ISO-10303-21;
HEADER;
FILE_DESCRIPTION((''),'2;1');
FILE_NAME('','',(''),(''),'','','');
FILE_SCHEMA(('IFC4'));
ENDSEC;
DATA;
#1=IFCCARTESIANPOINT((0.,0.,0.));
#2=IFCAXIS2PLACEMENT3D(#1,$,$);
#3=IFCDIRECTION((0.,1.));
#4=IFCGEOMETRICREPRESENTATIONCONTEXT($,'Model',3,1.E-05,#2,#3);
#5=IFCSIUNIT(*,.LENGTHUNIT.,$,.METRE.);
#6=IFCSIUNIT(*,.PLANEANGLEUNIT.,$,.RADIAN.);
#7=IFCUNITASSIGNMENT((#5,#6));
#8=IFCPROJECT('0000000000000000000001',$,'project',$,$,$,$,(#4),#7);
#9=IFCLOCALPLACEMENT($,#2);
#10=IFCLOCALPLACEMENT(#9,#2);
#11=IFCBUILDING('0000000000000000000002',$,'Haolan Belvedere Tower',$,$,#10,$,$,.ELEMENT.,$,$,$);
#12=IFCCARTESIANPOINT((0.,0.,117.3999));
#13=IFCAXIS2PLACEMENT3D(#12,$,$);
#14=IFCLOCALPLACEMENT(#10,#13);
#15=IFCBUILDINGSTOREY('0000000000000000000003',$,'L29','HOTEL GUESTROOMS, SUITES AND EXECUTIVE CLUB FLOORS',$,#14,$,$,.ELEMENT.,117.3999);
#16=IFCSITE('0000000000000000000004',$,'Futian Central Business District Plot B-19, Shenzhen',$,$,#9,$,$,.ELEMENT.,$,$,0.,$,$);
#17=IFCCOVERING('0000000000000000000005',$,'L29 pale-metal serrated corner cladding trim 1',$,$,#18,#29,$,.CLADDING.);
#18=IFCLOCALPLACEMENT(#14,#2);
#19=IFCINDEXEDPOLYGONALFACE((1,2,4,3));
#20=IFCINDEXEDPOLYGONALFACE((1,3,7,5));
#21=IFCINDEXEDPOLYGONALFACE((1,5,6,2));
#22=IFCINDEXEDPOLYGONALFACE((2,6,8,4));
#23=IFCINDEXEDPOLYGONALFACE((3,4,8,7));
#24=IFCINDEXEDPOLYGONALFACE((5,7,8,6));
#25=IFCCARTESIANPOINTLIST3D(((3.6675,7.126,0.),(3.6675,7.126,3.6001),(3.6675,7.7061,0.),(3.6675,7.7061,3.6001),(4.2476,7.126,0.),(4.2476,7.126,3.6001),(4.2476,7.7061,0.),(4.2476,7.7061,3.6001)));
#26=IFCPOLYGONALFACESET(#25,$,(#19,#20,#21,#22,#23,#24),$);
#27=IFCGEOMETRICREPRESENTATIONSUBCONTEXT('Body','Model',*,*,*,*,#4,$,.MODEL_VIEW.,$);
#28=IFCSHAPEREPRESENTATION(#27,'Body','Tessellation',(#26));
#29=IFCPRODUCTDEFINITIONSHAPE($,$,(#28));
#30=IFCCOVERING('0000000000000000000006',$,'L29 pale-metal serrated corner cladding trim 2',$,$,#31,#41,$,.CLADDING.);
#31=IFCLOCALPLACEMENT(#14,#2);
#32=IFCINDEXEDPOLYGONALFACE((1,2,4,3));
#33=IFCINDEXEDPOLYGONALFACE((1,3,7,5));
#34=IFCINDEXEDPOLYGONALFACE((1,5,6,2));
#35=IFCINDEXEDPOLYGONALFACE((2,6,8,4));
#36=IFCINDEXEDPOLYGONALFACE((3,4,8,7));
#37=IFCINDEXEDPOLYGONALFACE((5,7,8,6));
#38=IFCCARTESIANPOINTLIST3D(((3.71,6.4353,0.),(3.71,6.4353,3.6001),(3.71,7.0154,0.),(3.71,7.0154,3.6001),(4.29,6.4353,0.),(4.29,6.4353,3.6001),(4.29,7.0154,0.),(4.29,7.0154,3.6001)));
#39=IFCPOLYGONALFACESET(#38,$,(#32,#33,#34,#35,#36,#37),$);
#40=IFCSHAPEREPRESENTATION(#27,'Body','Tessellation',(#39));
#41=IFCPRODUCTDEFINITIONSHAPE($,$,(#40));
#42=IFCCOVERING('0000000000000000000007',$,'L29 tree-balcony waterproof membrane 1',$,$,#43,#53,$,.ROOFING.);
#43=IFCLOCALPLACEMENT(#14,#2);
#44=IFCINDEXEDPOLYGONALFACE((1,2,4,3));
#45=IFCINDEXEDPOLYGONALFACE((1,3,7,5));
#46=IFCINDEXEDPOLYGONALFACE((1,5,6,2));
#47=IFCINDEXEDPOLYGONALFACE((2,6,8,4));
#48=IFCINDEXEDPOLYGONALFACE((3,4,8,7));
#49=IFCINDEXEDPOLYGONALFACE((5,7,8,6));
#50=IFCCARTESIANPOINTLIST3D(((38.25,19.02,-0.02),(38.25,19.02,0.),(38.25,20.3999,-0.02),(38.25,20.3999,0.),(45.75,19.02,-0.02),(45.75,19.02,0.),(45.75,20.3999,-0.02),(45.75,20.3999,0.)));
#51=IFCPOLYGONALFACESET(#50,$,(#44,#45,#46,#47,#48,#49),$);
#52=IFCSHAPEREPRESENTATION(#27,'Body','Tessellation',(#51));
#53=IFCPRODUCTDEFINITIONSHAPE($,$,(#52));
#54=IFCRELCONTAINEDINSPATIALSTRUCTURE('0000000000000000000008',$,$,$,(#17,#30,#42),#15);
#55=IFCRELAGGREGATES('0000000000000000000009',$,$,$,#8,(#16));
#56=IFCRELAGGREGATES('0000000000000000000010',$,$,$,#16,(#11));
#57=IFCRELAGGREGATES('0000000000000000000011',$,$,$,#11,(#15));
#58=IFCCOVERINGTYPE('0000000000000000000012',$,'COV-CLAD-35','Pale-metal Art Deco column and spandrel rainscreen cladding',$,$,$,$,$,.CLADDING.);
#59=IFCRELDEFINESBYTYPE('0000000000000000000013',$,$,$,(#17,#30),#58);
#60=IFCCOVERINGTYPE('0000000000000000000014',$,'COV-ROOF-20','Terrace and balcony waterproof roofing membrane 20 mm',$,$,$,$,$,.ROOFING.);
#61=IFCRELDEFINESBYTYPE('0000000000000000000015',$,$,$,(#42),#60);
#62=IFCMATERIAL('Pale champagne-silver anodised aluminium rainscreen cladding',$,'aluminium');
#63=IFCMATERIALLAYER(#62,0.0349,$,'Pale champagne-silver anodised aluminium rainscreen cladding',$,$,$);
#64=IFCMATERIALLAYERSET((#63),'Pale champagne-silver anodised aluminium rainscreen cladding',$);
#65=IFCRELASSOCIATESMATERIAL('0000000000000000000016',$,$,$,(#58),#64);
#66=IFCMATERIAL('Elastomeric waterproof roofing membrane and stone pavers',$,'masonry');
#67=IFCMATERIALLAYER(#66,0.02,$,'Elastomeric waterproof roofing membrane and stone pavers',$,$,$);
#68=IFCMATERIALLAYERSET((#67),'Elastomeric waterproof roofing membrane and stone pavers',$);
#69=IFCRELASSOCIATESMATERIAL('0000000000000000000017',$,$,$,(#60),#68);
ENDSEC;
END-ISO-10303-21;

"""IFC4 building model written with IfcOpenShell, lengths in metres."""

from ifc_helpers import new_model, si_unit, direction, frame, origin, origin_2d, place, context, subcontext, project, spatial, polyline, rectangle, outline, extrude, material, layer, layer_set, type_object, element, save


model = new_model("IFC4")

# Units and contexts
model_context = context("Model", 3, precision=1e-05, world=origin(), true_north=direction((0.0, 1.0)))
body_context = subcontext(model_context, "Body", "Model", "MODEL_VIEW")
ifc_project = project(units=[si_unit("LENGTHUNIT", "METRE"), si_unit("PLANEANGLEUNIT", "RADIAN")], contexts=[model_context])

# Site, building, storey
site_placement = place(None, origin())
site = spatial("IfcSite", under=ifc_project, at=site_placement, Name="Futian Central Business District Plot B-19, Shenzhen", CompositionType="ELEMENT", RefElevation=0.0)
building_placement = place(site_placement, origin())
building = spatial("IfcBuilding", under=site, at=building_placement, Name="Haolan Belvedere Tower", CompositionType="ELEMENT")
storey_placement = place(building_placement, frame((0.0, 0.0, 117.3999)))
storey = spatial("IfcBuildingStorey", under=building, at=storey_placement, Name="L29", Description="HOTEL GUESTROOMS, SUITES AND EXECUTIVE CLUB FLOORS", CompositionType="ELEMENT", Elevation=117.3999)

# Coverings
ifc_material_1 = material(Name="Pale champagne-silver anodised aluminium rainscreen cladding", Category="aluminium")
ifc_layer_1 = layer(ifc_material_1, 0.0349, Name="Pale champagne-silver anodised aluminium rainscreen cladding")
ifc_layer_set_1 = layer_set([ifc_layer_1], Name="Pale champagne-silver anodised aluminium rainscreen cladding")
covering_type_1 = type_object("IfcCoveringType", Name="COV-CLAD-35", Description="Pale-metal Art Deco column and spandrel rainscreen cladding", PredefinedType="CLADDING", material=ifc_layer_set_1)
for number, where, z_axis, x_axis, name in (
    (1, (3.9575, 7.416, 0.0), (0.0, 0.0, 1.0), (1.0, 0.0, 0.0), "L29 pale-metal serrated corner cladding trim 1"),
    (2, (4.0, 6.7253, 0.0), (0.0, 0.0, 1.0), (1.0, 0.0, 0.0), "L29 pale-metal serrated corner cladding trim 2"),
):
    element("IfcCovering", number, at=place(storey_placement, frame(where, z_axis=z_axis, x_axis=x_axis)), inside=storey, type_object=covering_type_1, Name=name, PredefinedType="CLADDING", context=body_context, shape_type="SweptSolid", body=[
        extrude(rectangle(XDim=0.5801, YDim=0.5801, at=origin_2d()), origin(), (0.0, 0.0, 1.0), 3.6001),
    ])
ifc_material_2 = material(Name="Elastomeric waterproof roofing membrane and stone pavers", Category="masonry")
ifc_layer_2 = layer(ifc_material_2, 0.02, Name="Elastomeric waterproof roofing membrane and stone pavers")
ifc_layer_set_2 = layer_set([ifc_layer_2], Name="Elastomeric waterproof roofing membrane and stone pavers")
covering_type_2 = type_object("IfcCoveringType", Name="COV-ROOF-20", Description="Terrace and balcony waterproof roofing membrane 20 mm", PredefinedType="ROOFING", material=ifc_layer_set_2)
covering_placement = place(storey_placement, frame((0.0, 0.0, -0.02)))
element("IfcCovering", 3, at=covering_placement, inside=storey, type_object=covering_type_2, Name="L29 tree-balcony waterproof membrane 1", PredefinedType="ROOFING", context=body_context, shape_type="SweptSolid", body=[
    extrude(outline(polyline([(38.25, 19.02), (45.75, 19.02), (45.75, 20.3999), (38.25, 20.3999), (38.25, 19.02)])), origin(), (0.0, 0.0, 1.0), 0.02),
])

save(model, "model.ifc")
